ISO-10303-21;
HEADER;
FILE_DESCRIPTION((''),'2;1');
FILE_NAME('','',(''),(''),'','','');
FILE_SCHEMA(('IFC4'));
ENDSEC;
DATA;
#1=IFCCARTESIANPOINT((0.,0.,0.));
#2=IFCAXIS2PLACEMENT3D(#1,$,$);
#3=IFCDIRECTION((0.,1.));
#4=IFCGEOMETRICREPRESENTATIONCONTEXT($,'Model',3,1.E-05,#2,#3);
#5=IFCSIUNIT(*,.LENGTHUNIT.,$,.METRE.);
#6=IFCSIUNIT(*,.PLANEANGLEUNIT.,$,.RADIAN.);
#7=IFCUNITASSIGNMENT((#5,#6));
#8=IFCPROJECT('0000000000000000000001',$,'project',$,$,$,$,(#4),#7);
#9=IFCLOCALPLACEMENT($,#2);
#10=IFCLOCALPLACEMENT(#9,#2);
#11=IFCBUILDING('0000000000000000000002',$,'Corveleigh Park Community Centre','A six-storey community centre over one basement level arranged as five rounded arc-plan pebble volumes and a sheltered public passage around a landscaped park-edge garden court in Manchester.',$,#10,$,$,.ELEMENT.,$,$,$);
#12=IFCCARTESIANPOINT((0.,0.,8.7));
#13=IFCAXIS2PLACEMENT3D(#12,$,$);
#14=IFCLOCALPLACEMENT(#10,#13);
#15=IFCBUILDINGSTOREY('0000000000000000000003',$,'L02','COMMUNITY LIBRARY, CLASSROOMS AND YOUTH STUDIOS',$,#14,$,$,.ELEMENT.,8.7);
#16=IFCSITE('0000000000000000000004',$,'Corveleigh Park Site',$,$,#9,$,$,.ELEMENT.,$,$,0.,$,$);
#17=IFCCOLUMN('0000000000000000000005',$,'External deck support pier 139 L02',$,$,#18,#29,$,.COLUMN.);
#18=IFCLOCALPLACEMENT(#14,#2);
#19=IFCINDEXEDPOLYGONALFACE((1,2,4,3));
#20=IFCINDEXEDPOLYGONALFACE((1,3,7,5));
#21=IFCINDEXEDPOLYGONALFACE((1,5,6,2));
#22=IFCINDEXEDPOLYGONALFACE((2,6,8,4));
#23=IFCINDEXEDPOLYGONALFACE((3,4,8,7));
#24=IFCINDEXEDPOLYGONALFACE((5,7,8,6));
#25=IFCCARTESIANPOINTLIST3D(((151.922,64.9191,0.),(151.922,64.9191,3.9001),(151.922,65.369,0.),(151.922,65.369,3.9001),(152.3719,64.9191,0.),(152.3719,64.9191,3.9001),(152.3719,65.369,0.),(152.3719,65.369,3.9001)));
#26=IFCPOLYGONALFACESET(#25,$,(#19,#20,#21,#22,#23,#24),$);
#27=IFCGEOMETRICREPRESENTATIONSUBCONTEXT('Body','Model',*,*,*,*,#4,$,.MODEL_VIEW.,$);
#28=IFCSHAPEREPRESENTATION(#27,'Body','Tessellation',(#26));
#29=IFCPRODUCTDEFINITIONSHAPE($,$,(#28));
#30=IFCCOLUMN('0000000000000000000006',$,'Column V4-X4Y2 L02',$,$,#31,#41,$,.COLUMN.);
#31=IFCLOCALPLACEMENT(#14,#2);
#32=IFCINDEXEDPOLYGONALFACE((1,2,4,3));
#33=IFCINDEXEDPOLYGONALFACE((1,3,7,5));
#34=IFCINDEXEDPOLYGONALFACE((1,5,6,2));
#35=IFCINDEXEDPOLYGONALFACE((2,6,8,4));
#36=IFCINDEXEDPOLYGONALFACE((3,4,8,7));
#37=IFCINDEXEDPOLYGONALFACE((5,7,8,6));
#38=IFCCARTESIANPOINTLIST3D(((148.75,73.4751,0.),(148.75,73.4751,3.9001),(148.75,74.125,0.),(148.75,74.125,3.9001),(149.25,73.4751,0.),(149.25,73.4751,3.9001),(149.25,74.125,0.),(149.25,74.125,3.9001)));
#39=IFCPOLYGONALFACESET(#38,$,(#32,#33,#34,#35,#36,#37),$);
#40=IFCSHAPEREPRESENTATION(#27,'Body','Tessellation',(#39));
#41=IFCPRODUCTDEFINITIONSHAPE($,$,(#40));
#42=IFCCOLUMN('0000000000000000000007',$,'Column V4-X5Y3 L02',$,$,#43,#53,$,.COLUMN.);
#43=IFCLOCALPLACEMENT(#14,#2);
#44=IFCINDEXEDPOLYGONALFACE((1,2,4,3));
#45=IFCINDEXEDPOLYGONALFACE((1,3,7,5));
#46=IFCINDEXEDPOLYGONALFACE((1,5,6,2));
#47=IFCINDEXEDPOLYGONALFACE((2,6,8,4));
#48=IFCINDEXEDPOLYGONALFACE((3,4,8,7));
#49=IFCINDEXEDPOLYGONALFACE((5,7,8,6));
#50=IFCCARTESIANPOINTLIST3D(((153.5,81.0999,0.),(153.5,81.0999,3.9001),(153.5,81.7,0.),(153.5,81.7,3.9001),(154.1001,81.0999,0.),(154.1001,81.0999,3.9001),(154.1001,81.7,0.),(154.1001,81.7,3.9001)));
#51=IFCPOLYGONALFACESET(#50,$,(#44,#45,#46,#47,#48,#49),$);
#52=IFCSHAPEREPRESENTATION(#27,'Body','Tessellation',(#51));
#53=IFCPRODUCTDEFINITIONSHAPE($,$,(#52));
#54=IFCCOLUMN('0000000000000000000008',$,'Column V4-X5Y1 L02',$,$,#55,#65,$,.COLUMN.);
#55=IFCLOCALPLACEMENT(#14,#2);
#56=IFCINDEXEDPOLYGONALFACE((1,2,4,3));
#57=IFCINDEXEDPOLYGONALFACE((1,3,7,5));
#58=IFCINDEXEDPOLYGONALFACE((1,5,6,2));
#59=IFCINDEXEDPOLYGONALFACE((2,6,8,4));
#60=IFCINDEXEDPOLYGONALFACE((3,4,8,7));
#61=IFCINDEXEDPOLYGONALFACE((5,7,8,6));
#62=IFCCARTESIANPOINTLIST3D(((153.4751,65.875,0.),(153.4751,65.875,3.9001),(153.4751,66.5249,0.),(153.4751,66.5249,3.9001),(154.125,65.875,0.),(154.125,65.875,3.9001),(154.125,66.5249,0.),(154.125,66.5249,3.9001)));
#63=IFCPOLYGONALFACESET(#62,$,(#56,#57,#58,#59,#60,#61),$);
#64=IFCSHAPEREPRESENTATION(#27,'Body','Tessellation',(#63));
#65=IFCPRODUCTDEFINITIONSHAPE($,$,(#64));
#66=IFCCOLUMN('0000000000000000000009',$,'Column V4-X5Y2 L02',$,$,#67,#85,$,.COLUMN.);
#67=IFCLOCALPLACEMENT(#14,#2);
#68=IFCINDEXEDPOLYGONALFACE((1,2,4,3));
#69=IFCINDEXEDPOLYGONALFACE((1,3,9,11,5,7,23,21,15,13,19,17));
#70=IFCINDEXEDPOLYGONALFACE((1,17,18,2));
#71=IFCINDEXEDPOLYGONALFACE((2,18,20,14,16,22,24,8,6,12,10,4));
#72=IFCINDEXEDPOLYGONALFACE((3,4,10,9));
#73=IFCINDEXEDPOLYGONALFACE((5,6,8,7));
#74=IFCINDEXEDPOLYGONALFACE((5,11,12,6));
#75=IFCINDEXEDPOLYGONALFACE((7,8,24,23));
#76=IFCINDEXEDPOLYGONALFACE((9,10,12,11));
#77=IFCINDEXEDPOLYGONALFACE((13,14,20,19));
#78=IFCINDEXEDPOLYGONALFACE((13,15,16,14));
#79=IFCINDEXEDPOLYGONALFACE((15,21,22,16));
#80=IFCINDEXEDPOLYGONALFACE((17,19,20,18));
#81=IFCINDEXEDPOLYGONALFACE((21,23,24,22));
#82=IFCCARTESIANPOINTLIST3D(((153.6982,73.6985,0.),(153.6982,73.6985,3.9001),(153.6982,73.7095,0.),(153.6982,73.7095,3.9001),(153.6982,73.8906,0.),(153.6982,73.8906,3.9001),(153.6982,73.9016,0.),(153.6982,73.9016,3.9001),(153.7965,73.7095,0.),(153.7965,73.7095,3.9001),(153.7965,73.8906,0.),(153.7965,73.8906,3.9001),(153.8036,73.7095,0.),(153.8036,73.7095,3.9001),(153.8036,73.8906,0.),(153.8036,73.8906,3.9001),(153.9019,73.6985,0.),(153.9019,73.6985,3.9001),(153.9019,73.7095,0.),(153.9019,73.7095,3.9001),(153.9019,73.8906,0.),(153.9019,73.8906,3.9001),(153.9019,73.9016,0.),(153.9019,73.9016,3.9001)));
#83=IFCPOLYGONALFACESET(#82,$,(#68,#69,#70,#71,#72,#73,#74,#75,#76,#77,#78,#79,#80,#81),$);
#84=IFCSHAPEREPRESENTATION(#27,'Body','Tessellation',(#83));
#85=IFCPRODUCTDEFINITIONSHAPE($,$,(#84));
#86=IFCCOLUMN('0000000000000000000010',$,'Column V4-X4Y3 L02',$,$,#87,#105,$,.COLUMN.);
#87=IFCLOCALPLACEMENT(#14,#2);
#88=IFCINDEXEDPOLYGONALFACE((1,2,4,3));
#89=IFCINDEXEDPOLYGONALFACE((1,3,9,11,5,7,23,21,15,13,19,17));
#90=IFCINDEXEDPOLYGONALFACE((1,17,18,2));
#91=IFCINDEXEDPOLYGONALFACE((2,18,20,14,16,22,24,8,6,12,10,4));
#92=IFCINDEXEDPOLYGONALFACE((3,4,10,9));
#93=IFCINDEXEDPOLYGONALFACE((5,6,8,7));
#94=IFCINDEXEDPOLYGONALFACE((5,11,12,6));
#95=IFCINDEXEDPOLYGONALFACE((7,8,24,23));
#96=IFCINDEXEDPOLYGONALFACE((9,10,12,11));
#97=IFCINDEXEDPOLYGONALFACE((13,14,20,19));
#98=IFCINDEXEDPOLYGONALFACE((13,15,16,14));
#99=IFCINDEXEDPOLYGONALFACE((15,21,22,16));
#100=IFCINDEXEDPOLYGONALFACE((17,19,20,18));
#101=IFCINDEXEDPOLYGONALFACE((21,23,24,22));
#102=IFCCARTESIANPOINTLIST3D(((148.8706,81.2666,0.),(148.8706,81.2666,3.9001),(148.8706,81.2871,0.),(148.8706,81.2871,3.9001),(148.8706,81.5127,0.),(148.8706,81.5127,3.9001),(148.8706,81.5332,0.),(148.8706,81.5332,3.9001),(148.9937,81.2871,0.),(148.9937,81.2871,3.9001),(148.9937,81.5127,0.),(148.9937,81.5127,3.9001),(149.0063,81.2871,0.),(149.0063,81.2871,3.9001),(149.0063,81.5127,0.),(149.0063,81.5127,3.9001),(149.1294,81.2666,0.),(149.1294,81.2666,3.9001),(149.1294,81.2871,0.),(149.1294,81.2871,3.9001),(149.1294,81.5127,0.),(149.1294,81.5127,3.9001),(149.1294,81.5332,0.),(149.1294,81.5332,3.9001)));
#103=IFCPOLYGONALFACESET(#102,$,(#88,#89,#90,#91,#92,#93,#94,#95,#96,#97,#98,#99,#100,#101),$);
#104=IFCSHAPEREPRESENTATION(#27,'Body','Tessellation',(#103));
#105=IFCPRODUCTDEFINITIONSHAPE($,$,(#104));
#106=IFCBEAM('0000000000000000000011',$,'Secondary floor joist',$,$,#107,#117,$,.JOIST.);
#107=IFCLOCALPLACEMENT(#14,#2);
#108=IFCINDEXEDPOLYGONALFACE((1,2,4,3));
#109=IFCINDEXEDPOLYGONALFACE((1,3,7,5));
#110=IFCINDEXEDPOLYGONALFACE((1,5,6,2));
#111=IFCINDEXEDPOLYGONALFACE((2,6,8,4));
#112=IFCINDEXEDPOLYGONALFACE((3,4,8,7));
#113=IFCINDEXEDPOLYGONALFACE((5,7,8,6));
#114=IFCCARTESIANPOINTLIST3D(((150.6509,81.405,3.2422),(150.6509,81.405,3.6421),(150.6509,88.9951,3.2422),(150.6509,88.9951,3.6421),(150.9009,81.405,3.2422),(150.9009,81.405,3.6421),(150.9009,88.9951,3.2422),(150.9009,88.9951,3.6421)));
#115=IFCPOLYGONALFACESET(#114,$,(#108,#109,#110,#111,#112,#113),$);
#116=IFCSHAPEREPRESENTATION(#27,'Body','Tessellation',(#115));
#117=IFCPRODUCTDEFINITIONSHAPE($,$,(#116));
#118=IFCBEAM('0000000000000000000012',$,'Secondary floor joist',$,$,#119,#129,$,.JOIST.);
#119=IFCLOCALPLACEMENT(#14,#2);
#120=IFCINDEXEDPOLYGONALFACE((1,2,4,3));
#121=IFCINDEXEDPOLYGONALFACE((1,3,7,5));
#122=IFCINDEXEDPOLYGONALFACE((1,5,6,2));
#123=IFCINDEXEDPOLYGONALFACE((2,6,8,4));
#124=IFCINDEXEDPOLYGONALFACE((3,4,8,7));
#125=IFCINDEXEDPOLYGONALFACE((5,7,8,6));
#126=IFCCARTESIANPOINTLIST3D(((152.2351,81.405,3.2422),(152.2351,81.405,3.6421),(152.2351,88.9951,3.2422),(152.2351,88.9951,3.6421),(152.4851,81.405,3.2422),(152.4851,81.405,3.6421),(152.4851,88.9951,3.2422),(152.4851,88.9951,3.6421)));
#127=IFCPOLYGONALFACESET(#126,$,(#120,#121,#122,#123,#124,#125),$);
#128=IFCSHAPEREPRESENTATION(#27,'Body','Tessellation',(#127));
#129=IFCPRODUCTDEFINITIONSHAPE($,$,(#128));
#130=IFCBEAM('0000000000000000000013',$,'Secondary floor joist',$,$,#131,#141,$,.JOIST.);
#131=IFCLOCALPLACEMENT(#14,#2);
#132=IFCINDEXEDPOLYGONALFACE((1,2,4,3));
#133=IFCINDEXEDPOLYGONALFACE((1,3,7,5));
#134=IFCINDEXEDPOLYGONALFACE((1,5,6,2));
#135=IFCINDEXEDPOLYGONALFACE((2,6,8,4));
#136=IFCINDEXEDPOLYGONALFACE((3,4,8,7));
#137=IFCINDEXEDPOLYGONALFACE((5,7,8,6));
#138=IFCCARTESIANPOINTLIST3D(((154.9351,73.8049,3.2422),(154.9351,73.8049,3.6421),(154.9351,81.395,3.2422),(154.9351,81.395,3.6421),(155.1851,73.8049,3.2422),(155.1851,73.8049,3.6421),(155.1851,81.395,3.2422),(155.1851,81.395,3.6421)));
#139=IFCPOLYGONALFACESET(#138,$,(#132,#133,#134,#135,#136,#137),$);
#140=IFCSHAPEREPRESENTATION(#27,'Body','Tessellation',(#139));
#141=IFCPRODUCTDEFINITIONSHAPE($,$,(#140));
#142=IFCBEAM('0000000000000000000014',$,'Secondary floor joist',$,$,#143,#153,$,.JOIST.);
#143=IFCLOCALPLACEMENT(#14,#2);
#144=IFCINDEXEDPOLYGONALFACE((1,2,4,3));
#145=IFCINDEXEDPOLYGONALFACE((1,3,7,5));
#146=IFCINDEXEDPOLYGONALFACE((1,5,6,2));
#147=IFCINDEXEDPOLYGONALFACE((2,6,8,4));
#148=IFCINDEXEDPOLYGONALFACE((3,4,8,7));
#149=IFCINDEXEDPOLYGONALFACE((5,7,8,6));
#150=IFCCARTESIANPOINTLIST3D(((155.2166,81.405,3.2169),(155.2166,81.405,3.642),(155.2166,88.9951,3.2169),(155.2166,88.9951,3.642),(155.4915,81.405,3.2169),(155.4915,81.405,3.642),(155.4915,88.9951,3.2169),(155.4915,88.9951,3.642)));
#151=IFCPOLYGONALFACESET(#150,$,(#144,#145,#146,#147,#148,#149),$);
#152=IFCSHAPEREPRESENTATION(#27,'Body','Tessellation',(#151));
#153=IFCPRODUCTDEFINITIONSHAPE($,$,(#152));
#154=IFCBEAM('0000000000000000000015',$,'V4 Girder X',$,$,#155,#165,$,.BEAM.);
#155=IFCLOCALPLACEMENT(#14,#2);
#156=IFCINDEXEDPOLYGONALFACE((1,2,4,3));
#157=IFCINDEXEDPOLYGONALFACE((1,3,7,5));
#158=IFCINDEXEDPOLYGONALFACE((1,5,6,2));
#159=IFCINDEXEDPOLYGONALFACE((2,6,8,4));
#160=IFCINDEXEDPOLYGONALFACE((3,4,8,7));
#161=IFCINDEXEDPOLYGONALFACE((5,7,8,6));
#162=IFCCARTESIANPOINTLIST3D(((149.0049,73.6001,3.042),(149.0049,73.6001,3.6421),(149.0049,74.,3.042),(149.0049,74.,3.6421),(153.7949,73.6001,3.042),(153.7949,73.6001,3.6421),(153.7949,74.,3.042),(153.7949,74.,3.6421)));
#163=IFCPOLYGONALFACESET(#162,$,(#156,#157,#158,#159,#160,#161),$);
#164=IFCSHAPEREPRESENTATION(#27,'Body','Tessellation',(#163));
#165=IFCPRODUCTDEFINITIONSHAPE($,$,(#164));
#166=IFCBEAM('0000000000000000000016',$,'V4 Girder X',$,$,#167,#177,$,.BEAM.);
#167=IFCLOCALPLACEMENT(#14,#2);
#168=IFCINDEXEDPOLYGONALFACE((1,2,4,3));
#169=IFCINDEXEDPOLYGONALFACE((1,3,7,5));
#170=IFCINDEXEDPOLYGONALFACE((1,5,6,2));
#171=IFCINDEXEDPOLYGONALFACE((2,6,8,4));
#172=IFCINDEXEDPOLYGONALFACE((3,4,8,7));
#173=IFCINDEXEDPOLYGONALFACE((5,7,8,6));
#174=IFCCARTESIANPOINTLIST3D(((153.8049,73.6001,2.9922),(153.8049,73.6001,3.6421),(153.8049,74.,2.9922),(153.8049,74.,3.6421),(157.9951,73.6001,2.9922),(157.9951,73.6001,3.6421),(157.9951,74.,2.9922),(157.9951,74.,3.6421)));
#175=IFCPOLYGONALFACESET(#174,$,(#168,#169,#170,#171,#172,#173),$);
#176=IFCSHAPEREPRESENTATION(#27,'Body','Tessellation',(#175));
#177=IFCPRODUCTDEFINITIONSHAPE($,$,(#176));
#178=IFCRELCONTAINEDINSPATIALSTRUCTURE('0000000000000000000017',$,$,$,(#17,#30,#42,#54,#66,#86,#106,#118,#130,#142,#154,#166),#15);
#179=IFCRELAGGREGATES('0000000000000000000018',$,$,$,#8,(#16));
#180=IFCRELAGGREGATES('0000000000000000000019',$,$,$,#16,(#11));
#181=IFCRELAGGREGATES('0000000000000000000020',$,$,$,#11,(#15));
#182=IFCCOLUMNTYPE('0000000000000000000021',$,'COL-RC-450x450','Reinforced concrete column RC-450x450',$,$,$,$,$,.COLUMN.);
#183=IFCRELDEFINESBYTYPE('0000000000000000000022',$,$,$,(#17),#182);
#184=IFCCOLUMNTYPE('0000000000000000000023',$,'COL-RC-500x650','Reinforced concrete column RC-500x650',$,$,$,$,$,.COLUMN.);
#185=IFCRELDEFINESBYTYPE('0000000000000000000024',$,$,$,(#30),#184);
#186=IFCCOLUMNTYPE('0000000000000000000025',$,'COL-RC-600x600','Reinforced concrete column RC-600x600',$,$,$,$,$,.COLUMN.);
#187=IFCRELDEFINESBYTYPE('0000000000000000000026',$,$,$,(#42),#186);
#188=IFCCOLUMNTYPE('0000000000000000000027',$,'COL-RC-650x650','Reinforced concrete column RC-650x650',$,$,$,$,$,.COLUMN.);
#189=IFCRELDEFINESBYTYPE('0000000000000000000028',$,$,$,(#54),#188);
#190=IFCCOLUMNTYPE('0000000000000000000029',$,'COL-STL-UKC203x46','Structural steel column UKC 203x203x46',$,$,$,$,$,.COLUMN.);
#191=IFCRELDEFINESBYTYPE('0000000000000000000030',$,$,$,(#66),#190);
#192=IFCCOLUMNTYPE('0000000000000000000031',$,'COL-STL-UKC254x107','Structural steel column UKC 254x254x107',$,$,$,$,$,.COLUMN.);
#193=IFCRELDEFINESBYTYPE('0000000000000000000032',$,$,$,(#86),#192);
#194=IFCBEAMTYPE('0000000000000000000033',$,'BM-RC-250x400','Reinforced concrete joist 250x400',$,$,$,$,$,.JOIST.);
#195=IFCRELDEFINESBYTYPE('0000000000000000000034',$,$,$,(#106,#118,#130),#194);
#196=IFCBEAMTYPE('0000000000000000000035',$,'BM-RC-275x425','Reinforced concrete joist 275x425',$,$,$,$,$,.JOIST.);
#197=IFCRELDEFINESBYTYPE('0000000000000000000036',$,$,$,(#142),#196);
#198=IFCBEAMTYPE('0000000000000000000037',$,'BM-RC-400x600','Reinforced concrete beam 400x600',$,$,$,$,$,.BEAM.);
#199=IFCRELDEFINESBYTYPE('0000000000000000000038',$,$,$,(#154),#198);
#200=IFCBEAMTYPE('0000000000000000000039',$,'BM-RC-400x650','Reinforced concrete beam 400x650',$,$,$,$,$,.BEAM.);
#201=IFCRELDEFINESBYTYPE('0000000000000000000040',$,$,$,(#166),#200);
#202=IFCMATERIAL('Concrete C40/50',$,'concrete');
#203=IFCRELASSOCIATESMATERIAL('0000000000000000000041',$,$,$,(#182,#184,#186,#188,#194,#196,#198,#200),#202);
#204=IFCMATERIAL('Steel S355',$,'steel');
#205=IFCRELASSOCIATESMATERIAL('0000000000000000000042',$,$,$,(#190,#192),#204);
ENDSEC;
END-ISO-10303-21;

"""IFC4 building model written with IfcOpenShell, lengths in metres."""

from ifc_helpers import new_model, si_unit, direction, frame, origin, origin_2d, place, context, subcontext, project, spatial, rectangle, i_section, extrude, material, material_profile, profile_set, type_object, element, save


model = new_model("IFC4")

# Units and contexts
model_context = context("Model", 3, precision=1e-05, world=origin(), true_north=direction((0.0, 1.0)))
body_context = subcontext(model_context, "Body", "Model", "MODEL_VIEW")
ifc_project = project(units=[si_unit("LENGTHUNIT", "METRE"), si_unit("PLANEANGLEUNIT", "RADIAN")], contexts=[model_context])

# Site, building, storey
site_placement = place(None, origin())
site = spatial("IfcSite", under=ifc_project, at=site_placement, Name="Corveleigh Park Site", CompositionType="ELEMENT", RefElevation=0.0)
building_placement = place(site_placement, origin())
building = spatial("IfcBuilding", under=site, at=building_placement, Name="Corveleigh Park Community Centre", Description="A six-storey community centre over one basement level arranged as five rounded arc-plan pebble volumes and a sheltered public passage around a landscaped park-edge garden court in Manchester.", CompositionType="ELEMENT")
storey_placement = place(building_placement, frame((0.0, 0.0, 8.7)))
storey = spatial("IfcBuildingStorey", under=building, at=storey_placement, Name="L02", Description="COMMUNITY LIBRARY, CLASSROOMS AND YOUTH STUDIOS", CompositionType="ELEMENT", Elevation=8.7)

# Columns
ifc_material_1 = material(Name="Concrete C40/50", Category="concrete")
ifc_material_profile_1 = material_profile(ifc_material_1, rectangle(XDim=0.45, YDim=0.45, at=origin_2d()), Name="RC-450x450", Category="concrete")
ifc_profile_set_1 = profile_set([ifc_material_profile_1], Name="Concrete C40/50")
column_type_1 = type_object("IfcColumnType", Name="COL-RC-450x450", Description="Reinforced concrete column RC-450x450", PredefinedType="COLUMN", material=ifc_profile_set_1)
column_1_placement = place(storey_placement, frame((152.147, 65.144, 0.0), z_axis=(0.0, 0.0, 1.0), x_axis=(1.0, 0.0, 0.0)))
element("IfcColumn", 1, at=column_1_placement, inside=storey, type_object=column_type_1, Name="External deck support pier 139 L02", PredefinedType="COLUMN", context=body_context, shape_type="SweptSolid", body=[
    extrude(rectangle(XDim=0.45, YDim=0.45, at=origin_2d()), origin(), (0.0, 0.0, 1.0), 3.9001),
])
ifc_material_profile_2 = material_profile(ifc_material_1, rectangle(XDim=0.5, YDim=0.6499, at=origin_2d()), Name="RC-500x650", Category="concrete")
ifc_profile_set_2 = profile_set([ifc_material_profile_2], Name="Concrete C40/50")
column_type_2 = type_object("IfcColumnType", Name="COL-RC-500x650", Description="Reinforced concrete column RC-500x650", PredefinedType="COLUMN", material=ifc_profile_set_2)
column_2_placement = place(storey_placement, frame((149.0, 73.8, 0.0), z_axis=(0.0, 0.0, 1.0), x_axis=(1.0, 0.0, 0.0)))
element("IfcColumn", 2, at=column_2_placement, inside=storey, type_object=column_type_2, Name="Column V4-X4Y2 L02", PredefinedType="COLUMN", context=body_context, shape_type="SweptSolid", body=[
    extrude(rectangle(XDim=0.5, YDim=0.6499, at=origin_2d()), origin(), (0.0, 0.0, 1.0), 3.9001),
])
ifc_material_profile_3 = material_profile(ifc_material_1, rectangle(XDim=0.6001, YDim=0.6001, at=origin_2d()), Name="RC-600x600", Category="concrete")
ifc_profile_set_3 = profile_set([ifc_material_profile_3], Name="Concrete C40/50")
column_type_3 = type_object("IfcColumnType", Name="COL-RC-600x600", Description="Reinforced concrete column RC-600x600", PredefinedType="COLUMN", material=ifc_profile_set_3)
column_3_placement = place(storey_placement, frame((153.8, 81.3999, 0.0), z_axis=(0.0, 0.0, 1.0), x_axis=(1.0, 0.0, 0.0)))
element("IfcColumn", 3, at=column_3_placement, inside=storey, type_object=column_type_3, Name="Column V4-X5Y3 L02", PredefinedType="COLUMN", context=body_context, shape_type="SweptSolid", body=[
    extrude(rectangle(XDim=0.6001, YDim=0.6001, at=origin_2d()), origin(), (0.0, 0.0, 1.0), 3.9001),
])
ifc_material_profile_4 = material_profile(ifc_material_1, rectangle(XDim=0.6499, YDim=0.6499, at=origin_2d()), Name="RC-650x650", Category="concrete")
ifc_profile_set_4 = profile_set([ifc_material_profile_4], Name="Concrete C40/50")
column_type_4 = type_object("IfcColumnType", Name="COL-RC-650x650", Description="Reinforced concrete column RC-650x650", PredefinedType="COLUMN", material=ifc_profile_set_4)
column_4_placement = place(storey_placement, frame((153.8, 66.2, 0.0), z_axis=(0.0, 0.0, 1.0), x_axis=(1.0, 0.0, 0.0)))
element("IfcColumn", 4, at=column_4_placement, inside=storey, type_object=column_type_4, Name="Column V4-X5Y1 L02", PredefinedType="COLUMN", context=body_context, shape_type="SweptSolid", body=[
    extrude(rectangle(XDim=0.6499, YDim=0.6499, at=origin_2d()), origin(), (0.0, 0.0, 1.0), 3.9001),
])
ifc_material_2 = material(Name="Steel S355", Category="steel")
ifc_material_profile_5 = material_profile(ifc_material_2, i_section(OverallWidth=0.2036, OverallDepth=0.2031, WebThickness=0.0071, FlangeThickness=0.011, at=origin_2d()), Name="UKC 203x203x46", Category="steel")
ifc_profile_set_5 = profile_set([ifc_material_profile_5], Name="Steel S355")
column_type_5 = type_object("IfcColumnType", Name="COL-STL-UKC203x46", Description="Structural steel column UKC 203x203x46", PredefinedType="COLUMN", material=ifc_profile_set_5)
column_5_placement = place(storey_placement, frame((153.8, 73.8, 0.0), z_axis=(0.0, 0.0, 1.0), x_axis=(1.0, 0.0, 0.0)))
element("IfcColumn", 5, at=column_5_placement, inside=storey, type_object=column_type_5, Name="Column V4-X5Y2 L02", PredefinedType="COLUMN", context=body_context, shape_type="SweptSolid", body=[
    extrude(i_section(OverallWidth=0.2036, OverallDepth=0.2031, WebThickness=0.0071, FlangeThickness=0.011, at=origin_2d()), origin(), (0.0, 0.0, 1.0), 3.9001),
])
ifc_material_profile_6 = material_profile(ifc_material_2, i_section(OverallWidth=0.2588, OverallDepth=0.2666, WebThickness=0.0127, FlangeThickness=0.0205, at=origin_2d()), Name="UKC 254x254x107", Category="steel")
ifc_profile_set_6 = profile_set([ifc_material_profile_6], Name="Steel S355")
column_type_6 = type_object("IfcColumnType", Name="COL-STL-UKC254x107", Description="Structural steel column UKC 254x254x107", PredefinedType="COLUMN", material=ifc_profile_set_6)
column_6_placement = place(storey_placement, frame((149.0, 81.3999, 0.0), z_axis=(0.0, 0.0, 1.0), x_axis=(1.0, 0.0, 0.0)))
element("IfcColumn", 6, at=column_6_placement, inside=storey, type_object=column_type_6, Name="Column V4-X4Y3 L02", PredefinedType="COLUMN", context=body_context, shape_type="SweptSolid", body=[
    extrude(i_section(OverallWidth=0.2588, OverallDepth=0.2666, WebThickness=0.0127, FlangeThickness=0.0205, at=origin_2d()), origin(), (0.0, 0.0, 1.0), 3.9001),
])

# Beams
ifc_material_profile_7 = material_profile(ifc_material_1, rectangle(XDim=0.25, YDim=0.3999, at=origin_2d()), Name="RC-250x400", Category="concrete")
ifc_profile_set_7 = profile_set([ifc_material_profile_7], Name="Concrete C40/50")
beam_type_1 = type_object("IfcBeamType", Name="BM-RC-250x400", Description="Reinforced concrete joist 250x400", PredefinedType="JOIST", material=ifc_profile_set_7)
for number, where, z_axis, x_axis, name in (
    (7, (150.7759, 81.405, 3.4421), (0.0, 1.0, 0.0), (-1.0, 0.0, 0.0), "Secondary floor joist"),
    (8, (152.3601, 81.405, 3.4421), (0.0, 1.0, 0.0), (-1.0, 0.0, 0.0), "Secondary floor joist"),
    (9, (155.0601, 73.8049, 3.4421), (0.0, 1.0, 0.0), (-1.0, 0.0, 0.0), "Secondary floor joist"),
):
    element("IfcBeam", number, at=place(storey_placement, frame(where, z_axis=z_axis, x_axis=x_axis)), inside=storey, type_object=beam_type_1, Name=name, PredefinedType="JOIST", context=body_context, shape_type="SweptSolid", body=[
        extrude(rectangle(XDim=0.25, YDim=0.3999, at=origin_2d()), origin(), (0.0, 0.0, 1.0), 7.5901),
    ])
ifc_material_profile_8 = material_profile(ifc_material_1, rectangle(XDim=0.2749, YDim=0.425, at=origin_2d()), Name="RC-275x425", Category="concrete")
ifc_profile_set_8 = profile_set([ifc_material_profile_8], Name="Concrete C40/50")
beam_type_2 = type_object("IfcBeamType", Name="BM-RC-275x425", Description="Reinforced concrete joist 275x425", PredefinedType="JOIST", material=ifc_profile_set_8)
beam_1_placement = place(storey_placement, frame((155.354, 81.405, 3.4294), z_axis=(0.0, 1.0, 0.0), x_axis=(-1.0, 0.0, 0.0)))
element("IfcBeam", 10, at=beam_1_placement, inside=storey, type_object=beam_type_2, Name="Secondary floor joist", PredefinedType="JOIST", context=body_context, shape_type="SweptSolid", body=[
    extrude(rectangle(XDim=0.2749, YDim=0.425, at=origin_2d()), origin(), (0.0, 0.0, 1.0), 7.5901),
])
ifc_material_profile_9 = material_profile(ifc_material_1, rectangle(XDim=0.3999, YDim=0.6001, at=origin_2d()), Name="RC-400x600", Category="concrete")
ifc_profile_set_9 = profile_set([ifc_material_profile_9], Name="Concrete C40/50")
beam_type_3 = type_object("IfcBeamType", Name="BM-RC-400x600", Description="Reinforced concrete beam 400x600", PredefinedType="BEAM", material=ifc_profile_set_9)
beam_2_placement = place(storey_placement, frame((149.0049, 73.8, 3.342), z_axis=(1.0, 0.0, 0.0), x_axis=(0.0, 1.0, 0.0)))
element("IfcBeam", 11, at=beam_2_placement, inside=storey, type_object=beam_type_3, Name="V4 Girder X", PredefinedType="BEAM", context=body_context, shape_type="SweptSolid", body=[
    extrude(rectangle(XDim=0.3999, YDim=0.6001, at=origin_2d()), origin(), (0.0, 0.0, 1.0), 4.79),
])
ifc_material_profile_10 = material_profile(ifc_material_1, rectangle(XDim=0.3999, YDim=0.6499, at=origin_2d()), Name="RC-400x650", Category="concrete")
ifc_profile_set_10 = profile_set([ifc_material_profile_10], Name="Concrete C40/50")
beam_type_4 = type_object("IfcBeamType", Name="BM-RC-400x650", Description="Reinforced concrete beam 400x650", PredefinedType="BEAM", material=ifc_profile_set_10)
beam_3_placement = place(storey_placement, frame((153.8049, 73.8, 3.3171), z_axis=(1.0, 0.0, 0.0), x_axis=(0.0, 1.0, 0.0)))
element("IfcBeam", 12, at=beam_3_placement, inside=storey, type_object=beam_type_4, Name="V4 Girder X", PredefinedType="BEAM", context=body_context, shape_type="SweptSolid", body=[
    extrude(rectangle(XDim=0.3999, YDim=0.6499, at=origin_2d()), origin(), (0.0, 0.0, 1.0), 4.1902),
])

save(model, "model.ifc")
